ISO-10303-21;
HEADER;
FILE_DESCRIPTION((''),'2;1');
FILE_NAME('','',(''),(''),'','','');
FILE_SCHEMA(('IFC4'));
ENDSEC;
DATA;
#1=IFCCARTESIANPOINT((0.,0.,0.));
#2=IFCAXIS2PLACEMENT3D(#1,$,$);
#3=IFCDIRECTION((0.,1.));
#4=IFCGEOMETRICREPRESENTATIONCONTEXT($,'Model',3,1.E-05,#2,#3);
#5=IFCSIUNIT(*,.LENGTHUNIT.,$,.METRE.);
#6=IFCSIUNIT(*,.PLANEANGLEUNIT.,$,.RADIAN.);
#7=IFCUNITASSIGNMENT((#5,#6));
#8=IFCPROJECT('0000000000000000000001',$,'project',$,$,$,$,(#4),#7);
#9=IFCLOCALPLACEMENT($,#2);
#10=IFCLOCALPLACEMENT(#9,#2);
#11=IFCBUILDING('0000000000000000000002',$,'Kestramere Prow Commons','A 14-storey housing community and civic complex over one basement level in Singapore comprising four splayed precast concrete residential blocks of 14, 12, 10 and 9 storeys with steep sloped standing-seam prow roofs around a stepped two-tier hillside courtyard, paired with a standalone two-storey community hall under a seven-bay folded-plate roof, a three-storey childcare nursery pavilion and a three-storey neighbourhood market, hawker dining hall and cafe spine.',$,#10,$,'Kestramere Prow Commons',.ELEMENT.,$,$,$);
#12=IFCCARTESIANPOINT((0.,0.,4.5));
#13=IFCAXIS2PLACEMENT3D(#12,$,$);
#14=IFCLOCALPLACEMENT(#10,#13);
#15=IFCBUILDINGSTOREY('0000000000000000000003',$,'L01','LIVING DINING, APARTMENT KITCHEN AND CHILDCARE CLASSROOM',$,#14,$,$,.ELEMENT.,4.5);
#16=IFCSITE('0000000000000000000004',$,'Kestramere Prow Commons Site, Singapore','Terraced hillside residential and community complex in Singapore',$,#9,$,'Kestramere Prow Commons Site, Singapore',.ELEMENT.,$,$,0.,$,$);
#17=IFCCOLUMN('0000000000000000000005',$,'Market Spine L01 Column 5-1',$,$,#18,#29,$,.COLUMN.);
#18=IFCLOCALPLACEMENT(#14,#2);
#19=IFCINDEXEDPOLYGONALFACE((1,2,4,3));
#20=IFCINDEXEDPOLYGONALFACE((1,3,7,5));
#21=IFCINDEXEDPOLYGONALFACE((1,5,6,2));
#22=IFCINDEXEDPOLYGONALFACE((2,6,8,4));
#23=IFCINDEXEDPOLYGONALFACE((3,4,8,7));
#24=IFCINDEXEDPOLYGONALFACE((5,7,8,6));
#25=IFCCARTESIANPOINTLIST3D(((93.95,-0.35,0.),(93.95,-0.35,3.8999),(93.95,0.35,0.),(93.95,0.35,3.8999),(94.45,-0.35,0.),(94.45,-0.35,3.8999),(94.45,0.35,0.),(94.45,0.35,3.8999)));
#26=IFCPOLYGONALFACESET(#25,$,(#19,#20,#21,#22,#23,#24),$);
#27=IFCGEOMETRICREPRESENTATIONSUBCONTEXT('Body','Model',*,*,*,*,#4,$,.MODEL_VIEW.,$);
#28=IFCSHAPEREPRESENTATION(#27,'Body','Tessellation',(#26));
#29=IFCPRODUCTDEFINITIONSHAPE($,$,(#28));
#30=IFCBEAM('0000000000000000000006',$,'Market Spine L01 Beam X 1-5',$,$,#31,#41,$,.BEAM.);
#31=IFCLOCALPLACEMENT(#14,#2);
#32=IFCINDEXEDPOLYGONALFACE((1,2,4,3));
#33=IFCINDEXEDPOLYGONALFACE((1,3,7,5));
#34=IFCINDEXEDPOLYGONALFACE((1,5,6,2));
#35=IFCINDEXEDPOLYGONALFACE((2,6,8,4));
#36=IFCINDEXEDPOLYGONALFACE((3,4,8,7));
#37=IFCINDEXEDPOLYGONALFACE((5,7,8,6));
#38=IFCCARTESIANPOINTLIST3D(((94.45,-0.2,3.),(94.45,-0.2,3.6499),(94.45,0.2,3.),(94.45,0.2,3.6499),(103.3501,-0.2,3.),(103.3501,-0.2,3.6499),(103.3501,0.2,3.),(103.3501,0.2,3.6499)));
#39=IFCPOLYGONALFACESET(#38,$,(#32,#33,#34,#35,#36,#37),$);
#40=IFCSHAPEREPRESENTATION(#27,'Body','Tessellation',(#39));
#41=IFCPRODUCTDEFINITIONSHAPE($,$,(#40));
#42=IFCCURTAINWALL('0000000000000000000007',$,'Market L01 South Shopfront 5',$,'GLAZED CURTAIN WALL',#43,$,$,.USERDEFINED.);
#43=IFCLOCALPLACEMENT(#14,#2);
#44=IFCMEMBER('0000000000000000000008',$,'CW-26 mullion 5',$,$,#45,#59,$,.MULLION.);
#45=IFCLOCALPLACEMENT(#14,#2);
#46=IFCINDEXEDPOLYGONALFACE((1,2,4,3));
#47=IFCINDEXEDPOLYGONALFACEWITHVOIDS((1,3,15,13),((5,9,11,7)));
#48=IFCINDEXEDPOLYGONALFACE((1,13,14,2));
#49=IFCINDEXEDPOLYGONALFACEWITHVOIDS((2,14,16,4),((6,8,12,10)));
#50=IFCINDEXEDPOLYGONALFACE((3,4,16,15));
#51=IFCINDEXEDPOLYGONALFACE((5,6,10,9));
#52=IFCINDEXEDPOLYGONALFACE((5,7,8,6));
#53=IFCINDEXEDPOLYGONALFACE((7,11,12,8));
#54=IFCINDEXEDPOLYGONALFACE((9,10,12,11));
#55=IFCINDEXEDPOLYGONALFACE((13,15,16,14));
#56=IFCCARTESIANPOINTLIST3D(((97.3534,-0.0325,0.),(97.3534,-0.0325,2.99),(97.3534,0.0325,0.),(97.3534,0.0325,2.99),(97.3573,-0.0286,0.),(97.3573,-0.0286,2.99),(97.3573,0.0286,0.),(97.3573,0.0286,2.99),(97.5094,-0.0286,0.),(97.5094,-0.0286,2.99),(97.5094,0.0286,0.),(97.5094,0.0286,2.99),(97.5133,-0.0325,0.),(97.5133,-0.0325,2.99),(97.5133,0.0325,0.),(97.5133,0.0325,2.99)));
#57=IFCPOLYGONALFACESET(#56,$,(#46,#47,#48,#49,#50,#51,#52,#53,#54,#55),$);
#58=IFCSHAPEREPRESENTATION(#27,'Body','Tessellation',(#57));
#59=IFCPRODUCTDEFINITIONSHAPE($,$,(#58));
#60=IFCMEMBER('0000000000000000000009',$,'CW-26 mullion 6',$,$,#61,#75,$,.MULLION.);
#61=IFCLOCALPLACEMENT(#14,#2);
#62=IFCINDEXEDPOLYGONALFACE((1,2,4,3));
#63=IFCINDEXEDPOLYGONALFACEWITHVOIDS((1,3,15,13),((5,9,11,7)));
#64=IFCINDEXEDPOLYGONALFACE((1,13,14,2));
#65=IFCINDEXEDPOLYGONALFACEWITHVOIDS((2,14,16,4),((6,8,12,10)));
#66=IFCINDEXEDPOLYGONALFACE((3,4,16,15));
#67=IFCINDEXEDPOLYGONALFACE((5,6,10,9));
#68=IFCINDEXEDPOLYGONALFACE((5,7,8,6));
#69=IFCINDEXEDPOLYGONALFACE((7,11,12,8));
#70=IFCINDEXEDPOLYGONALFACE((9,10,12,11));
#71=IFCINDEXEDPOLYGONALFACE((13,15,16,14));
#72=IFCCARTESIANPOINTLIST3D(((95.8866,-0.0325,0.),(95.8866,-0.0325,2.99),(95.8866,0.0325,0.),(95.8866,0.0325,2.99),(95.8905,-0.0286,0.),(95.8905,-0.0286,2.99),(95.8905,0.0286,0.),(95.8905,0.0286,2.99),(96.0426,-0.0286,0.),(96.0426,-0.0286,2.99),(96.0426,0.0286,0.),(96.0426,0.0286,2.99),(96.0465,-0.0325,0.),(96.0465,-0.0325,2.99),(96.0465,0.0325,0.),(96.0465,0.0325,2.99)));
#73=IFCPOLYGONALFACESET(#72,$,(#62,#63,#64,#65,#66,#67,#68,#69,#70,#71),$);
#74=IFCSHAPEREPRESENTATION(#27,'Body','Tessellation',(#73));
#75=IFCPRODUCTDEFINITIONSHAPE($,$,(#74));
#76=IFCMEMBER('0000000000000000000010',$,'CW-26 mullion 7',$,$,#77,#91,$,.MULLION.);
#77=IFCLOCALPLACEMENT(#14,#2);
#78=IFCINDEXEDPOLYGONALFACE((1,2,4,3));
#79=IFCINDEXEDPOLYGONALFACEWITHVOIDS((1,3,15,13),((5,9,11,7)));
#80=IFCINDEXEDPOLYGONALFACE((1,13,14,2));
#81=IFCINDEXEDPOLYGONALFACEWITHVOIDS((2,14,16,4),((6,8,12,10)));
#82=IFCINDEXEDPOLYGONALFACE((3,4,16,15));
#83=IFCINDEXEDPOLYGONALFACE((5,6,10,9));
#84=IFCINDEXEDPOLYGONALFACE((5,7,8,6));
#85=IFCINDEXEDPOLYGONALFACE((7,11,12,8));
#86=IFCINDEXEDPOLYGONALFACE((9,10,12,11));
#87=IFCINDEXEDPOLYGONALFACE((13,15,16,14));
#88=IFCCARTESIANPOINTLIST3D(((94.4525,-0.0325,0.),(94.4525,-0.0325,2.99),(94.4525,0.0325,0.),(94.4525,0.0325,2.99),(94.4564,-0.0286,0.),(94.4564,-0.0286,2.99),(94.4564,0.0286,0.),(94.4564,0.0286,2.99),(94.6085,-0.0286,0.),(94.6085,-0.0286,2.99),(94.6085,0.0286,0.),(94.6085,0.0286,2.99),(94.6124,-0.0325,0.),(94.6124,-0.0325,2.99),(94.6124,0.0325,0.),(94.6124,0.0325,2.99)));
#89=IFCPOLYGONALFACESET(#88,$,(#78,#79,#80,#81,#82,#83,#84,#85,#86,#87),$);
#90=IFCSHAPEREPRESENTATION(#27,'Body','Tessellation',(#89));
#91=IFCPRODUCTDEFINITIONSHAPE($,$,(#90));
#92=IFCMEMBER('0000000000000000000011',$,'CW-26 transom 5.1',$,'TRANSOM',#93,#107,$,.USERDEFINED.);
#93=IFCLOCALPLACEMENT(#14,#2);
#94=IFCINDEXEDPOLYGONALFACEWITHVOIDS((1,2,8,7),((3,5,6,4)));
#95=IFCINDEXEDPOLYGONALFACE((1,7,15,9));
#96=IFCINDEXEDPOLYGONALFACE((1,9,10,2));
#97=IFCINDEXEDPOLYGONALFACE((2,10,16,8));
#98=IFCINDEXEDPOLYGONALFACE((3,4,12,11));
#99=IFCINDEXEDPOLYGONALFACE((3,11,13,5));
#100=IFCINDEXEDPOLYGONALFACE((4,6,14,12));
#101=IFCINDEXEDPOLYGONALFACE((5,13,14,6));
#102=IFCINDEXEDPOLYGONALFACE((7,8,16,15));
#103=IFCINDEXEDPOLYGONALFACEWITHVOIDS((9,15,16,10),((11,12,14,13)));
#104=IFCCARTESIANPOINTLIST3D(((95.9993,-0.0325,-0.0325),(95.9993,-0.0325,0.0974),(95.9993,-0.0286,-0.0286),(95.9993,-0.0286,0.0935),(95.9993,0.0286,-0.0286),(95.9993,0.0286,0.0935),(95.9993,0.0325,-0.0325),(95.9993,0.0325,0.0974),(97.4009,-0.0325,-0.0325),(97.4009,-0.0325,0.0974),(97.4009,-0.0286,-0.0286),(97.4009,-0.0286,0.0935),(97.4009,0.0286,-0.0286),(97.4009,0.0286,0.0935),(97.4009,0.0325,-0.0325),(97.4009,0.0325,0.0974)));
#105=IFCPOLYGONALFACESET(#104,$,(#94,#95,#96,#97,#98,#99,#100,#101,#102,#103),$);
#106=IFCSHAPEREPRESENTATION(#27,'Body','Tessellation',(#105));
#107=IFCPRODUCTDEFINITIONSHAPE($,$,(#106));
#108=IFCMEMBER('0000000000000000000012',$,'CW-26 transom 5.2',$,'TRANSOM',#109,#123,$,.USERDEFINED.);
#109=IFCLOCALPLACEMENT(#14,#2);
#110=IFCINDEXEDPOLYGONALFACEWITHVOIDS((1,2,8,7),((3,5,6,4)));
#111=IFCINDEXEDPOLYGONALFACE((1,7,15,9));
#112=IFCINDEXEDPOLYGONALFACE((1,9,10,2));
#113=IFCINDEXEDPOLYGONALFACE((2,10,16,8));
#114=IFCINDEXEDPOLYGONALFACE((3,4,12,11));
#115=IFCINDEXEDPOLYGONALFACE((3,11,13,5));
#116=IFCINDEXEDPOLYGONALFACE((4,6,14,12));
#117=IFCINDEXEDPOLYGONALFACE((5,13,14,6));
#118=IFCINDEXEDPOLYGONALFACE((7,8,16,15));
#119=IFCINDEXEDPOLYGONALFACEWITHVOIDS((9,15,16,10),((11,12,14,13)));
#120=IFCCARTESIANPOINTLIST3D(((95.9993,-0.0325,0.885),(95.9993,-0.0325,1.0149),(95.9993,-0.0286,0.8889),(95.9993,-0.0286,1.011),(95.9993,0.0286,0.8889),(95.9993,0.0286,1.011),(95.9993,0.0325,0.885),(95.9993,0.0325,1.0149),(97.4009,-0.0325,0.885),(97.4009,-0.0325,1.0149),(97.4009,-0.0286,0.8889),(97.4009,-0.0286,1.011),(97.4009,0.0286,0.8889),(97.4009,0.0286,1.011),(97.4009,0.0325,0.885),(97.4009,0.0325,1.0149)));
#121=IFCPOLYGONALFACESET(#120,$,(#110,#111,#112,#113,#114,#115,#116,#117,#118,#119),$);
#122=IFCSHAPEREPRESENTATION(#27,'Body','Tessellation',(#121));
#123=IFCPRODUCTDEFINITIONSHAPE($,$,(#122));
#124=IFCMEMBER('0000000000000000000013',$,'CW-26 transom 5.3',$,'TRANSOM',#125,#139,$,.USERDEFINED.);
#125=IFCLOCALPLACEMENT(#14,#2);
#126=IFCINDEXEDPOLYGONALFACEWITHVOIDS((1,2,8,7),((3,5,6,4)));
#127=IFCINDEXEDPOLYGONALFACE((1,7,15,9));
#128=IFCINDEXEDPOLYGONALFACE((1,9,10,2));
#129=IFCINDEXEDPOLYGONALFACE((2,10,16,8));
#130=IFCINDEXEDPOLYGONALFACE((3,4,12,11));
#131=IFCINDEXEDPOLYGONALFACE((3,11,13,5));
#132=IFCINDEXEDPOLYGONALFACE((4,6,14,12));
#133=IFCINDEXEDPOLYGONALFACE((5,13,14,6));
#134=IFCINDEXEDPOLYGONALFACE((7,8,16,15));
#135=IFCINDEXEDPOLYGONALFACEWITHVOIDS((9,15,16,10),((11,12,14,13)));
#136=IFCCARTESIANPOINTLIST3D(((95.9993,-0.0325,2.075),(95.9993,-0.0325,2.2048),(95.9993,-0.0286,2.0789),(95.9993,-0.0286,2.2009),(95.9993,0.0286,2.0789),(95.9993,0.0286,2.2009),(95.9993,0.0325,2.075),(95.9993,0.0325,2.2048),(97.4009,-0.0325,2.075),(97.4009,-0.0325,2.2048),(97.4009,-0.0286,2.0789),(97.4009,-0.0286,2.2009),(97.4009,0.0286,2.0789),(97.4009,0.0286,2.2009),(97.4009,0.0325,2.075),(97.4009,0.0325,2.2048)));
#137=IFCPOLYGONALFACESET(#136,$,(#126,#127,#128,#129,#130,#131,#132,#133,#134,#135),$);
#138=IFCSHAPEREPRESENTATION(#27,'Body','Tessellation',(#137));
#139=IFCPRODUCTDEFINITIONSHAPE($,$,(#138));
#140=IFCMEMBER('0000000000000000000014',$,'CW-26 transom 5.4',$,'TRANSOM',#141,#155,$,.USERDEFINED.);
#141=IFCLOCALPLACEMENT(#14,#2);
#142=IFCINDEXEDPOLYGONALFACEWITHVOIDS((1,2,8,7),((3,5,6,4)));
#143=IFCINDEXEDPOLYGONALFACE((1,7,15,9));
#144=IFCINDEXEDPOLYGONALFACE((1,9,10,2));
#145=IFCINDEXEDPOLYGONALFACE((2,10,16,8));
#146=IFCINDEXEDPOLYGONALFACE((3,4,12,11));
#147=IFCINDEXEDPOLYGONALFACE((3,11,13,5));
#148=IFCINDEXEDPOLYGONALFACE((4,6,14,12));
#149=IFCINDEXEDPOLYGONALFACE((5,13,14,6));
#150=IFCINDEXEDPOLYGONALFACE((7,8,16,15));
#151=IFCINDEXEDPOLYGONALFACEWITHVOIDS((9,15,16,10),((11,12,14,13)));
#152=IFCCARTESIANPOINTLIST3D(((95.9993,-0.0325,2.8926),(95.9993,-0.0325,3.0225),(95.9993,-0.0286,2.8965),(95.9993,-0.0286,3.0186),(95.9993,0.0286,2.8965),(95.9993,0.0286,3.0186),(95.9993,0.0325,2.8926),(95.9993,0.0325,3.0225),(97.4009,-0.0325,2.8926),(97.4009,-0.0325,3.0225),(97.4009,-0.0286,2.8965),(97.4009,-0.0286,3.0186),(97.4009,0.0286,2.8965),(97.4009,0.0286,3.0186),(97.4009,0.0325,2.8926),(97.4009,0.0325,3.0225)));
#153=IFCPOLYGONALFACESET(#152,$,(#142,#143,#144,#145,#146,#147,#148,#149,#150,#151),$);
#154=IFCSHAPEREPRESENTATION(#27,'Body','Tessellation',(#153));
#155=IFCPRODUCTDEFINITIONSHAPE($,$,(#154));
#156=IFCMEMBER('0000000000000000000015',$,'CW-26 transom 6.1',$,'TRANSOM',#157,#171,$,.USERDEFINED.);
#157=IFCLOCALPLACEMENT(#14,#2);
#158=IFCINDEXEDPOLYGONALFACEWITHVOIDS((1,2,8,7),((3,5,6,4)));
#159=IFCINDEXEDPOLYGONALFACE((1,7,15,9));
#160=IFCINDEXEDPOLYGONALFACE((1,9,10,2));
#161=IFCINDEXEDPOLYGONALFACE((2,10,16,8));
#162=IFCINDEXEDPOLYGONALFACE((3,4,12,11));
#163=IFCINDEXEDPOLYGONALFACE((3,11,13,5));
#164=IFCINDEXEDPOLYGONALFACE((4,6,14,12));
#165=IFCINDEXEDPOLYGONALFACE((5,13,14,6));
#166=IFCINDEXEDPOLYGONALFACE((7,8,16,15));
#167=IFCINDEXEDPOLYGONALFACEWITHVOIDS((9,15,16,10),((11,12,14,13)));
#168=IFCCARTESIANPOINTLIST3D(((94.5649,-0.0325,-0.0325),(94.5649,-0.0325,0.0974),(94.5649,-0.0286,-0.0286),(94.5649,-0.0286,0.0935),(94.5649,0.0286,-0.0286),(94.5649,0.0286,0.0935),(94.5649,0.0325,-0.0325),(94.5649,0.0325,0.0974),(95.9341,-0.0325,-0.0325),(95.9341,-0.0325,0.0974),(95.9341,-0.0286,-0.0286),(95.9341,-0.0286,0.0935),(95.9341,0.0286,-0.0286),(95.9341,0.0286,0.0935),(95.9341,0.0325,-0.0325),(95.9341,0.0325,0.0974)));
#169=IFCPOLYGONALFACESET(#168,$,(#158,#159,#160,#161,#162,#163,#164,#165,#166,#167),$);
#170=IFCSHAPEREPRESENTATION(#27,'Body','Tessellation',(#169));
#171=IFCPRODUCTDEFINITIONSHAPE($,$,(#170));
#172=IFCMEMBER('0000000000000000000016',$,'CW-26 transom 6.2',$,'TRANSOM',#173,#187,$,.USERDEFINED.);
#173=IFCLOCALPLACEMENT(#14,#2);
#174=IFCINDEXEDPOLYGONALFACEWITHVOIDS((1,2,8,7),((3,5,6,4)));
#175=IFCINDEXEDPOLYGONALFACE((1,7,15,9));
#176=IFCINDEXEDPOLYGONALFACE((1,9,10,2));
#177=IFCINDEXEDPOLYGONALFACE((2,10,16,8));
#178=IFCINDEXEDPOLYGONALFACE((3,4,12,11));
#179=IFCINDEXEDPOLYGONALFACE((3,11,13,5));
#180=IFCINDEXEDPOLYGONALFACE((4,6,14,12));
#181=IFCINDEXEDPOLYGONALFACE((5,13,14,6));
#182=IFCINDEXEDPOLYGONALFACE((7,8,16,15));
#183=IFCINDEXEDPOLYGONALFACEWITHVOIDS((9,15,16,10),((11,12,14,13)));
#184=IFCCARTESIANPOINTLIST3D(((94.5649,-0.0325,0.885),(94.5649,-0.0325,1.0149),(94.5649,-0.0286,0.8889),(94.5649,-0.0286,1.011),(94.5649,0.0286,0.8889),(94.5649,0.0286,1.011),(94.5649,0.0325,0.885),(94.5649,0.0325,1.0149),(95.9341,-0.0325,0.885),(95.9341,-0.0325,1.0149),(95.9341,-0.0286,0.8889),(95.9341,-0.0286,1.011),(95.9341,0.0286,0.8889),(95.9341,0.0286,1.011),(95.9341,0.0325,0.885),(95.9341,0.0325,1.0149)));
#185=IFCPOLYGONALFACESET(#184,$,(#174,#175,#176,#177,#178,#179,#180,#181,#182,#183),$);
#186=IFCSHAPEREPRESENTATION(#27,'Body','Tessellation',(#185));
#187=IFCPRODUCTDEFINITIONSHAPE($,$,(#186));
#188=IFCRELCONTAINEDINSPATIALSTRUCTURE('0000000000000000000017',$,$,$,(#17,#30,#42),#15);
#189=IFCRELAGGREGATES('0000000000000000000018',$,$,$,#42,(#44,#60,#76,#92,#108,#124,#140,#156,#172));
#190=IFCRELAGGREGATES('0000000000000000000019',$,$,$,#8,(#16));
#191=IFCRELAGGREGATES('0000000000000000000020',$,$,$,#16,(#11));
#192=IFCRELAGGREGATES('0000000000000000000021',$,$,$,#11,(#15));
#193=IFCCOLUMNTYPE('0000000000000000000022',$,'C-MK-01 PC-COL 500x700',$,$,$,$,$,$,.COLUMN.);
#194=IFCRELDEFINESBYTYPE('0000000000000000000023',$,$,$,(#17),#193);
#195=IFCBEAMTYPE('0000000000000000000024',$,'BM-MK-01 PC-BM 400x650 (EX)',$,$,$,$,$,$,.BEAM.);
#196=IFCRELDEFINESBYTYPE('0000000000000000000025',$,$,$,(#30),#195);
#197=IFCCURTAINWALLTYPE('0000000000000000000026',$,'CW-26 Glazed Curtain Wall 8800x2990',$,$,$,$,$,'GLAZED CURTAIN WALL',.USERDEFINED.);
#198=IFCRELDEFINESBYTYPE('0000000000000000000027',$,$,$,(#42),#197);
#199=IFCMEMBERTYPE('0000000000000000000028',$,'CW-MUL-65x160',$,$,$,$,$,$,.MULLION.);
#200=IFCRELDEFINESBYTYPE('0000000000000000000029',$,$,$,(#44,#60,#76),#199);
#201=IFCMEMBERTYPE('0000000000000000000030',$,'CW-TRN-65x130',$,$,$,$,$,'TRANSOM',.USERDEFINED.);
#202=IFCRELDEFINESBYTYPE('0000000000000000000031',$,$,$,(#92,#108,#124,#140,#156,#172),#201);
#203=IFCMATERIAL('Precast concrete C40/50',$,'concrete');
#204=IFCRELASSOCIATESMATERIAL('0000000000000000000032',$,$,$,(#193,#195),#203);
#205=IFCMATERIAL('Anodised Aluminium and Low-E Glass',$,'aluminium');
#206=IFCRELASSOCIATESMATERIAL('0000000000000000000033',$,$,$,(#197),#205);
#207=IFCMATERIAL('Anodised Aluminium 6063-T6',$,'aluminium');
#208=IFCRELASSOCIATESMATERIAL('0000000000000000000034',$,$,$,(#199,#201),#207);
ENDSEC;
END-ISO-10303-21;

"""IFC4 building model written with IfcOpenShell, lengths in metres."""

from ifc_helpers import new_model, si_unit, direction, frame, origin, origin_2d, place, context, subcontext, project, spatial, rectangle, hollow_rectangle, extrude, material, material_profile, profile_set, type_object, element, aggregate, save


model = new_model("IFC4")

# Units and contexts
model_context = context("Model", 3, precision=1e-05, world=origin(), true_north=direction((0.0, 1.0)))
body_context = subcontext(model_context, "Body", "Model", "MODEL_VIEW")
ifc_project = project(units=[si_unit("LENGTHUNIT", "METRE"), si_unit("PLANEANGLEUNIT", "RADIAN")], contexts=[model_context])

# Site, building, storey
site_placement = place(None, origin())
site = spatial("IfcSite", under=ifc_project, at=site_placement, Name="Kestramere Prow Commons Site, Singapore", Description="Terraced hillside residential and community complex in Singapore", LongName="Kestramere Prow Commons Site, Singapore", CompositionType="ELEMENT", RefElevation=0.0)
building_placement = place(site_placement, origin())
building = spatial("IfcBuilding", under=site, at=building_placement, Name="Kestramere Prow Commons", Description="A 14-storey housing community and civic complex over one basement level in Singapore comprising four splayed precast concrete residential blocks of 14, 12, 10 and 9 storeys with steep sloped standing-seam prow roofs around a stepped two-tier hillside courtyard, paired with a standalone two-storey community hall under a seven-bay folded-plate roof, a three-storey childcare nursery pavilion and a three-storey neighbourhood market, hawker dining hall and cafe spine.", LongName="Kestramere Prow Commons", CompositionType="ELEMENT")
storey_placement = place(building_placement, frame((0.0, 0.0, 4.5)))
storey = spatial("IfcBuildingStorey", under=building, at=storey_placement, Name="L01", Description="LIVING DINING, APARTMENT KITCHEN AND CHILDCARE CLASSROOM", CompositionType="ELEMENT", Elevation=4.5)

# Column
ifc_material_1 = material(Name="Precast concrete C40/50", Category="concrete")
ifc_material_profile_1 = material_profile(ifc_material_1, rectangle(XDim=0.5, YDim=0.7, at=origin_2d()), Name="PC-COL 500x700")
ifc_profile_set_1 = profile_set([ifc_material_profile_1], Name="Precast concrete C40/50")
column_type = type_object("IfcColumnType", Name="C-MK-01 PC-COL 500x700", PredefinedType="COLUMN", material=ifc_profile_set_1)
column_placement = place(storey_placement, frame((94.2, 0.0, 0.0), z_axis=(0.0, 0.0, 1.0), x_axis=(1.0, 0.0, 0.0)))
element("IfcColumn", 1, at=column_placement, inside=storey, type_object=column_type, Name="Market Spine L01 Column 5-1", PredefinedType="COLUMN", context=body_context, shape_type="SweptSolid", body=[
    extrude(rectangle(XDim=0.5, YDim=0.7, at=origin_2d()), origin(), (0.0, 0.0, 1.0), 3.8999),
])

# Beam
ifc_material_profile_2 = material_profile(ifc_material_1, rectangle(XDim=0.3999, YDim=0.6499, at=origin_2d()), Name="PC-BM 400x650")
ifc_profile_set_2 = profile_set([ifc_material_profile_2], Name="Precast concrete C40/50")
beam_type = type_object("IfcBeamType", Name="BM-MK-01 PC-BM 400x650 (EX)", PredefinedType="BEAM", material=ifc_profile_set_2)
beam_placement = place(storey_placement, frame((94.45, 0.0, 3.325), z_axis=(1.0, 0.0, 0.0), x_axis=(0.0, 1.0, 0.0)))
element("IfcBeam", 2, at=beam_placement, inside=storey, type_object=beam_type, Name="Market Spine L01 Beam X 1-5", PredefinedType="BEAM", context=body_context, shape_type="SweptSolid", body=[
    extrude(rectangle(XDim=0.3999, YDim=0.6499, at=origin_2d()), origin(), (0.0, 0.0, 1.0), 8.9001),
])

# Curtain wall, members
ifc_material_2 = material(Name="Anodised Aluminium and Low-E Glass", Category="aluminium")
curtain_wall_type = type_object("IfcCurtainWallType", Name="CW-26 Glazed Curtain Wall 8800x2990", ElementType="GLAZED CURTAIN WALL", PredefinedType="USERDEFINED", material=ifc_material_2)
curtain_wall_placement = place(storey_placement, origin())
curtain_wall = element("IfcCurtainWall", 3, at=curtain_wall_placement, inside=storey, type_object=curtain_wall_type, Name="Market L01 South Shopfront 5", ObjectType="GLAZED CURTAIN WALL", PredefinedType="USERDEFINED")
ifc_material_3 = material(Name="Anodised Aluminium 6063-T6", Category="aluminium")
ifc_material_profile_3 = material_profile(ifc_material_3, hollow_rectangle(XDim=0.0649, YDim=0.1599, WallThickness=0.0039, at=origin_2d()), Name="ALU-MUL 65x160")
ifc_profile_set_3 = profile_set([ifc_material_profile_3], Name="Anodised Aluminium 6063-T6")
member_type_1 = type_object("IfcMemberType", Name="CW-MUL-65x160", PredefinedType="MULLION", material=ifc_profile_set_3)
member_1_placement = place(storey_placement, frame((97.4333, 0.0, 0.0), z_axis=(0.0, 0.0, 1.0), x_axis=(0.0, -1.0, 0.0)))
member_1 = element("IfcMember", 4, at=member_1_placement, type_object=member_type_1, Name="CW-26 mullion 5", PredefinedType="MULLION", context=body_context, shape_type="SweptSolid", body=[
    extrude(hollow_rectangle(XDim=0.0649, YDim=0.1599, WallThickness=0.0039, at=origin_2d()), origin(), (0.0, 0.0, 1.0), 2.99),
])
member_2_placement = place(storey_placement, frame((95.9666, 0.0, 0.0), z_axis=(0.0, 0.0, 1.0), x_axis=(0.0, -1.0, 0.0)))
member_2 = element("IfcMember", 5, at=member_2_placement, type_object=member_type_1, Name="CW-26 mullion 6", PredefinedType="MULLION", context=body_context, shape_type="SweptSolid", body=[
    extrude(hollow_rectangle(XDim=0.0649, YDim=0.1599, WallThickness=0.0039, at=origin_2d()), origin(), (0.0, 0.0, 1.0), 2.99),
])
member_3_placement = place(storey_placement, frame((94.5325, 0.0, 0.0), z_axis=(0.0, 0.0, 1.0), x_axis=(0.0, -1.0, 0.0)))
member_3 = element("IfcMember", 6, at=member_3_placement, type_object=member_type_1, Name="CW-26 mullion 7", PredefinedType="MULLION", context=body_context, shape_type="SweptSolid", body=[
    extrude(hollow_rectangle(XDim=0.0649, YDim=0.1599, WallThickness=0.0039, at=origin_2d()), origin(), (0.0, 0.0, 1.0), 2.99),
])
ifc_material_profile_4 = material_profile(ifc_material_3, hollow_rectangle(XDim=0.0649, YDim=0.1299, WallThickness=0.0039, at=origin_2d()), Name="ALU-TRN 65x130")
ifc_profile_set_4 = profile_set([ifc_material_profile_4], Name="Anodised Aluminium 6063-T6")
member_type_2 = type_object("IfcMemberType", Name="CW-TRN-65x130", ElementType="TRANSOM", PredefinedType="USERDEFINED", material=ifc_profile_set_4)
member_4_placement = place(storey_placement, frame((97.4009, 0.0, 0.0325), z_axis=(-1.0, 0.0, 0.0), x_axis=(0.0, -1.0, 0.0)))
member_4 = element("IfcMember", 7, at=member_4_placement, type_object=member_type_2, Name="CW-26 transom 5.1", ObjectType="TRANSOM", PredefinedType="USERDEFINED", context=body_context, shape_type="SweptSolid", body=[
    extrude(hollow_rectangle(XDim=0.0649, YDim=0.1299, WallThickness=0.0039, at=origin_2d()), origin(), (0.0, 0.0, 1.0), 1.4016),
])
member_5_placement = place(storey_placement, frame((97.4009, 0.0, 0.95), z_axis=(-1.0, 0.0, 0.0), x_axis=(0.0, -1.0, 0.0)))
member_5 = element("IfcMember", 8, at=member_5_placement, type_object=member_type_2, Name="CW-26 transom 5.2", ObjectType="TRANSOM", PredefinedType="USERDEFINED", context=body_context, shape_type="SweptSolid", body=[
    extrude(hollow_rectangle(XDim=0.0649, YDim=0.1299, WallThickness=0.0039, at=origin_2d()), origin(), (0.0, 0.0, 1.0), 1.4016),
])
member_6_placement = place(storey_placement, frame((97.4009, 0.0, 2.1399), z_axis=(-1.0, 0.0, 0.0), x_axis=(0.0, -1.0, 0.0)))
member_6 = element("IfcMember", 9, at=member_6_placement, type_object=member_type_2, Name="CW-26 transom 5.3", ObjectType="TRANSOM", PredefinedType="USERDEFINED", context=body_context, shape_type="SweptSolid", body=[
    extrude(hollow_rectangle(XDim=0.0649, YDim=0.1299, WallThickness=0.0039, at=origin_2d()), origin(), (0.0, 0.0, 1.0), 1.4016),
])
member_7_placement = place(storey_placement, frame((97.4009, 0.0, 2.9575), z_axis=(-1.0, 0.0, 0.0), x_axis=(0.0, -1.0, 0.0)))
member_7 = element("IfcMember", 10, at=member_7_placement, type_object=member_type_2, Name="CW-26 transom 5.4", ObjectType="TRANSOM", PredefinedType="USERDEFINED", context=body_context, shape_type="SweptSolid", body=[
    extrude(hollow_rectangle(XDim=0.0649, YDim=0.1299, WallThickness=0.0039, at=origin_2d()), origin(), (0.0, 0.0, 1.0), 1.4016),
])
member_8_placement = place(storey_placement, frame((95.9341, 0.0, 0.0325), z_axis=(-1.0, 0.0, 0.0), x_axis=(0.0, -1.0, 0.0)))
member_8 = element("IfcMember", 11, at=member_8_placement, type_object=member_type_2, Name="CW-26 transom 6.1", ObjectType="TRANSOM", PredefinedType="USERDEFINED", context=body_context, shape_type="SweptSolid", body=[
    extrude(hollow_rectangle(XDim=0.0649, YDim=0.1299, WallThickness=0.0039, at=origin_2d()), origin(), (0.0, 0.0, 1.0), 1.3691),
])
member_9_placement = place(storey_placement, frame((95.9341, 0.0, 0.95), z_axis=(-1.0, 0.0, 0.0), x_axis=(0.0, -1.0, 0.0)))
member_9 = element("IfcMember", 12, at=member_9_placement, type_object=member_type_2, Name="CW-26 transom 6.2", ObjectType="TRANSOM", PredefinedType="USERDEFINED", context=body_context, shape_type="SweptSolid", body=[
    extrude(hollow_rectangle(XDim=0.0649, YDim=0.1299, WallThickness=0.0039, at=origin_2d()), origin(), (0.0, 0.0, 1.0), 1.3691),
])
aggregate(curtain_wall, [member_1, member_2, member_3, member_4, member_5, member_6, member_7, member_8, member_9])

save(model, "model.ifc")
